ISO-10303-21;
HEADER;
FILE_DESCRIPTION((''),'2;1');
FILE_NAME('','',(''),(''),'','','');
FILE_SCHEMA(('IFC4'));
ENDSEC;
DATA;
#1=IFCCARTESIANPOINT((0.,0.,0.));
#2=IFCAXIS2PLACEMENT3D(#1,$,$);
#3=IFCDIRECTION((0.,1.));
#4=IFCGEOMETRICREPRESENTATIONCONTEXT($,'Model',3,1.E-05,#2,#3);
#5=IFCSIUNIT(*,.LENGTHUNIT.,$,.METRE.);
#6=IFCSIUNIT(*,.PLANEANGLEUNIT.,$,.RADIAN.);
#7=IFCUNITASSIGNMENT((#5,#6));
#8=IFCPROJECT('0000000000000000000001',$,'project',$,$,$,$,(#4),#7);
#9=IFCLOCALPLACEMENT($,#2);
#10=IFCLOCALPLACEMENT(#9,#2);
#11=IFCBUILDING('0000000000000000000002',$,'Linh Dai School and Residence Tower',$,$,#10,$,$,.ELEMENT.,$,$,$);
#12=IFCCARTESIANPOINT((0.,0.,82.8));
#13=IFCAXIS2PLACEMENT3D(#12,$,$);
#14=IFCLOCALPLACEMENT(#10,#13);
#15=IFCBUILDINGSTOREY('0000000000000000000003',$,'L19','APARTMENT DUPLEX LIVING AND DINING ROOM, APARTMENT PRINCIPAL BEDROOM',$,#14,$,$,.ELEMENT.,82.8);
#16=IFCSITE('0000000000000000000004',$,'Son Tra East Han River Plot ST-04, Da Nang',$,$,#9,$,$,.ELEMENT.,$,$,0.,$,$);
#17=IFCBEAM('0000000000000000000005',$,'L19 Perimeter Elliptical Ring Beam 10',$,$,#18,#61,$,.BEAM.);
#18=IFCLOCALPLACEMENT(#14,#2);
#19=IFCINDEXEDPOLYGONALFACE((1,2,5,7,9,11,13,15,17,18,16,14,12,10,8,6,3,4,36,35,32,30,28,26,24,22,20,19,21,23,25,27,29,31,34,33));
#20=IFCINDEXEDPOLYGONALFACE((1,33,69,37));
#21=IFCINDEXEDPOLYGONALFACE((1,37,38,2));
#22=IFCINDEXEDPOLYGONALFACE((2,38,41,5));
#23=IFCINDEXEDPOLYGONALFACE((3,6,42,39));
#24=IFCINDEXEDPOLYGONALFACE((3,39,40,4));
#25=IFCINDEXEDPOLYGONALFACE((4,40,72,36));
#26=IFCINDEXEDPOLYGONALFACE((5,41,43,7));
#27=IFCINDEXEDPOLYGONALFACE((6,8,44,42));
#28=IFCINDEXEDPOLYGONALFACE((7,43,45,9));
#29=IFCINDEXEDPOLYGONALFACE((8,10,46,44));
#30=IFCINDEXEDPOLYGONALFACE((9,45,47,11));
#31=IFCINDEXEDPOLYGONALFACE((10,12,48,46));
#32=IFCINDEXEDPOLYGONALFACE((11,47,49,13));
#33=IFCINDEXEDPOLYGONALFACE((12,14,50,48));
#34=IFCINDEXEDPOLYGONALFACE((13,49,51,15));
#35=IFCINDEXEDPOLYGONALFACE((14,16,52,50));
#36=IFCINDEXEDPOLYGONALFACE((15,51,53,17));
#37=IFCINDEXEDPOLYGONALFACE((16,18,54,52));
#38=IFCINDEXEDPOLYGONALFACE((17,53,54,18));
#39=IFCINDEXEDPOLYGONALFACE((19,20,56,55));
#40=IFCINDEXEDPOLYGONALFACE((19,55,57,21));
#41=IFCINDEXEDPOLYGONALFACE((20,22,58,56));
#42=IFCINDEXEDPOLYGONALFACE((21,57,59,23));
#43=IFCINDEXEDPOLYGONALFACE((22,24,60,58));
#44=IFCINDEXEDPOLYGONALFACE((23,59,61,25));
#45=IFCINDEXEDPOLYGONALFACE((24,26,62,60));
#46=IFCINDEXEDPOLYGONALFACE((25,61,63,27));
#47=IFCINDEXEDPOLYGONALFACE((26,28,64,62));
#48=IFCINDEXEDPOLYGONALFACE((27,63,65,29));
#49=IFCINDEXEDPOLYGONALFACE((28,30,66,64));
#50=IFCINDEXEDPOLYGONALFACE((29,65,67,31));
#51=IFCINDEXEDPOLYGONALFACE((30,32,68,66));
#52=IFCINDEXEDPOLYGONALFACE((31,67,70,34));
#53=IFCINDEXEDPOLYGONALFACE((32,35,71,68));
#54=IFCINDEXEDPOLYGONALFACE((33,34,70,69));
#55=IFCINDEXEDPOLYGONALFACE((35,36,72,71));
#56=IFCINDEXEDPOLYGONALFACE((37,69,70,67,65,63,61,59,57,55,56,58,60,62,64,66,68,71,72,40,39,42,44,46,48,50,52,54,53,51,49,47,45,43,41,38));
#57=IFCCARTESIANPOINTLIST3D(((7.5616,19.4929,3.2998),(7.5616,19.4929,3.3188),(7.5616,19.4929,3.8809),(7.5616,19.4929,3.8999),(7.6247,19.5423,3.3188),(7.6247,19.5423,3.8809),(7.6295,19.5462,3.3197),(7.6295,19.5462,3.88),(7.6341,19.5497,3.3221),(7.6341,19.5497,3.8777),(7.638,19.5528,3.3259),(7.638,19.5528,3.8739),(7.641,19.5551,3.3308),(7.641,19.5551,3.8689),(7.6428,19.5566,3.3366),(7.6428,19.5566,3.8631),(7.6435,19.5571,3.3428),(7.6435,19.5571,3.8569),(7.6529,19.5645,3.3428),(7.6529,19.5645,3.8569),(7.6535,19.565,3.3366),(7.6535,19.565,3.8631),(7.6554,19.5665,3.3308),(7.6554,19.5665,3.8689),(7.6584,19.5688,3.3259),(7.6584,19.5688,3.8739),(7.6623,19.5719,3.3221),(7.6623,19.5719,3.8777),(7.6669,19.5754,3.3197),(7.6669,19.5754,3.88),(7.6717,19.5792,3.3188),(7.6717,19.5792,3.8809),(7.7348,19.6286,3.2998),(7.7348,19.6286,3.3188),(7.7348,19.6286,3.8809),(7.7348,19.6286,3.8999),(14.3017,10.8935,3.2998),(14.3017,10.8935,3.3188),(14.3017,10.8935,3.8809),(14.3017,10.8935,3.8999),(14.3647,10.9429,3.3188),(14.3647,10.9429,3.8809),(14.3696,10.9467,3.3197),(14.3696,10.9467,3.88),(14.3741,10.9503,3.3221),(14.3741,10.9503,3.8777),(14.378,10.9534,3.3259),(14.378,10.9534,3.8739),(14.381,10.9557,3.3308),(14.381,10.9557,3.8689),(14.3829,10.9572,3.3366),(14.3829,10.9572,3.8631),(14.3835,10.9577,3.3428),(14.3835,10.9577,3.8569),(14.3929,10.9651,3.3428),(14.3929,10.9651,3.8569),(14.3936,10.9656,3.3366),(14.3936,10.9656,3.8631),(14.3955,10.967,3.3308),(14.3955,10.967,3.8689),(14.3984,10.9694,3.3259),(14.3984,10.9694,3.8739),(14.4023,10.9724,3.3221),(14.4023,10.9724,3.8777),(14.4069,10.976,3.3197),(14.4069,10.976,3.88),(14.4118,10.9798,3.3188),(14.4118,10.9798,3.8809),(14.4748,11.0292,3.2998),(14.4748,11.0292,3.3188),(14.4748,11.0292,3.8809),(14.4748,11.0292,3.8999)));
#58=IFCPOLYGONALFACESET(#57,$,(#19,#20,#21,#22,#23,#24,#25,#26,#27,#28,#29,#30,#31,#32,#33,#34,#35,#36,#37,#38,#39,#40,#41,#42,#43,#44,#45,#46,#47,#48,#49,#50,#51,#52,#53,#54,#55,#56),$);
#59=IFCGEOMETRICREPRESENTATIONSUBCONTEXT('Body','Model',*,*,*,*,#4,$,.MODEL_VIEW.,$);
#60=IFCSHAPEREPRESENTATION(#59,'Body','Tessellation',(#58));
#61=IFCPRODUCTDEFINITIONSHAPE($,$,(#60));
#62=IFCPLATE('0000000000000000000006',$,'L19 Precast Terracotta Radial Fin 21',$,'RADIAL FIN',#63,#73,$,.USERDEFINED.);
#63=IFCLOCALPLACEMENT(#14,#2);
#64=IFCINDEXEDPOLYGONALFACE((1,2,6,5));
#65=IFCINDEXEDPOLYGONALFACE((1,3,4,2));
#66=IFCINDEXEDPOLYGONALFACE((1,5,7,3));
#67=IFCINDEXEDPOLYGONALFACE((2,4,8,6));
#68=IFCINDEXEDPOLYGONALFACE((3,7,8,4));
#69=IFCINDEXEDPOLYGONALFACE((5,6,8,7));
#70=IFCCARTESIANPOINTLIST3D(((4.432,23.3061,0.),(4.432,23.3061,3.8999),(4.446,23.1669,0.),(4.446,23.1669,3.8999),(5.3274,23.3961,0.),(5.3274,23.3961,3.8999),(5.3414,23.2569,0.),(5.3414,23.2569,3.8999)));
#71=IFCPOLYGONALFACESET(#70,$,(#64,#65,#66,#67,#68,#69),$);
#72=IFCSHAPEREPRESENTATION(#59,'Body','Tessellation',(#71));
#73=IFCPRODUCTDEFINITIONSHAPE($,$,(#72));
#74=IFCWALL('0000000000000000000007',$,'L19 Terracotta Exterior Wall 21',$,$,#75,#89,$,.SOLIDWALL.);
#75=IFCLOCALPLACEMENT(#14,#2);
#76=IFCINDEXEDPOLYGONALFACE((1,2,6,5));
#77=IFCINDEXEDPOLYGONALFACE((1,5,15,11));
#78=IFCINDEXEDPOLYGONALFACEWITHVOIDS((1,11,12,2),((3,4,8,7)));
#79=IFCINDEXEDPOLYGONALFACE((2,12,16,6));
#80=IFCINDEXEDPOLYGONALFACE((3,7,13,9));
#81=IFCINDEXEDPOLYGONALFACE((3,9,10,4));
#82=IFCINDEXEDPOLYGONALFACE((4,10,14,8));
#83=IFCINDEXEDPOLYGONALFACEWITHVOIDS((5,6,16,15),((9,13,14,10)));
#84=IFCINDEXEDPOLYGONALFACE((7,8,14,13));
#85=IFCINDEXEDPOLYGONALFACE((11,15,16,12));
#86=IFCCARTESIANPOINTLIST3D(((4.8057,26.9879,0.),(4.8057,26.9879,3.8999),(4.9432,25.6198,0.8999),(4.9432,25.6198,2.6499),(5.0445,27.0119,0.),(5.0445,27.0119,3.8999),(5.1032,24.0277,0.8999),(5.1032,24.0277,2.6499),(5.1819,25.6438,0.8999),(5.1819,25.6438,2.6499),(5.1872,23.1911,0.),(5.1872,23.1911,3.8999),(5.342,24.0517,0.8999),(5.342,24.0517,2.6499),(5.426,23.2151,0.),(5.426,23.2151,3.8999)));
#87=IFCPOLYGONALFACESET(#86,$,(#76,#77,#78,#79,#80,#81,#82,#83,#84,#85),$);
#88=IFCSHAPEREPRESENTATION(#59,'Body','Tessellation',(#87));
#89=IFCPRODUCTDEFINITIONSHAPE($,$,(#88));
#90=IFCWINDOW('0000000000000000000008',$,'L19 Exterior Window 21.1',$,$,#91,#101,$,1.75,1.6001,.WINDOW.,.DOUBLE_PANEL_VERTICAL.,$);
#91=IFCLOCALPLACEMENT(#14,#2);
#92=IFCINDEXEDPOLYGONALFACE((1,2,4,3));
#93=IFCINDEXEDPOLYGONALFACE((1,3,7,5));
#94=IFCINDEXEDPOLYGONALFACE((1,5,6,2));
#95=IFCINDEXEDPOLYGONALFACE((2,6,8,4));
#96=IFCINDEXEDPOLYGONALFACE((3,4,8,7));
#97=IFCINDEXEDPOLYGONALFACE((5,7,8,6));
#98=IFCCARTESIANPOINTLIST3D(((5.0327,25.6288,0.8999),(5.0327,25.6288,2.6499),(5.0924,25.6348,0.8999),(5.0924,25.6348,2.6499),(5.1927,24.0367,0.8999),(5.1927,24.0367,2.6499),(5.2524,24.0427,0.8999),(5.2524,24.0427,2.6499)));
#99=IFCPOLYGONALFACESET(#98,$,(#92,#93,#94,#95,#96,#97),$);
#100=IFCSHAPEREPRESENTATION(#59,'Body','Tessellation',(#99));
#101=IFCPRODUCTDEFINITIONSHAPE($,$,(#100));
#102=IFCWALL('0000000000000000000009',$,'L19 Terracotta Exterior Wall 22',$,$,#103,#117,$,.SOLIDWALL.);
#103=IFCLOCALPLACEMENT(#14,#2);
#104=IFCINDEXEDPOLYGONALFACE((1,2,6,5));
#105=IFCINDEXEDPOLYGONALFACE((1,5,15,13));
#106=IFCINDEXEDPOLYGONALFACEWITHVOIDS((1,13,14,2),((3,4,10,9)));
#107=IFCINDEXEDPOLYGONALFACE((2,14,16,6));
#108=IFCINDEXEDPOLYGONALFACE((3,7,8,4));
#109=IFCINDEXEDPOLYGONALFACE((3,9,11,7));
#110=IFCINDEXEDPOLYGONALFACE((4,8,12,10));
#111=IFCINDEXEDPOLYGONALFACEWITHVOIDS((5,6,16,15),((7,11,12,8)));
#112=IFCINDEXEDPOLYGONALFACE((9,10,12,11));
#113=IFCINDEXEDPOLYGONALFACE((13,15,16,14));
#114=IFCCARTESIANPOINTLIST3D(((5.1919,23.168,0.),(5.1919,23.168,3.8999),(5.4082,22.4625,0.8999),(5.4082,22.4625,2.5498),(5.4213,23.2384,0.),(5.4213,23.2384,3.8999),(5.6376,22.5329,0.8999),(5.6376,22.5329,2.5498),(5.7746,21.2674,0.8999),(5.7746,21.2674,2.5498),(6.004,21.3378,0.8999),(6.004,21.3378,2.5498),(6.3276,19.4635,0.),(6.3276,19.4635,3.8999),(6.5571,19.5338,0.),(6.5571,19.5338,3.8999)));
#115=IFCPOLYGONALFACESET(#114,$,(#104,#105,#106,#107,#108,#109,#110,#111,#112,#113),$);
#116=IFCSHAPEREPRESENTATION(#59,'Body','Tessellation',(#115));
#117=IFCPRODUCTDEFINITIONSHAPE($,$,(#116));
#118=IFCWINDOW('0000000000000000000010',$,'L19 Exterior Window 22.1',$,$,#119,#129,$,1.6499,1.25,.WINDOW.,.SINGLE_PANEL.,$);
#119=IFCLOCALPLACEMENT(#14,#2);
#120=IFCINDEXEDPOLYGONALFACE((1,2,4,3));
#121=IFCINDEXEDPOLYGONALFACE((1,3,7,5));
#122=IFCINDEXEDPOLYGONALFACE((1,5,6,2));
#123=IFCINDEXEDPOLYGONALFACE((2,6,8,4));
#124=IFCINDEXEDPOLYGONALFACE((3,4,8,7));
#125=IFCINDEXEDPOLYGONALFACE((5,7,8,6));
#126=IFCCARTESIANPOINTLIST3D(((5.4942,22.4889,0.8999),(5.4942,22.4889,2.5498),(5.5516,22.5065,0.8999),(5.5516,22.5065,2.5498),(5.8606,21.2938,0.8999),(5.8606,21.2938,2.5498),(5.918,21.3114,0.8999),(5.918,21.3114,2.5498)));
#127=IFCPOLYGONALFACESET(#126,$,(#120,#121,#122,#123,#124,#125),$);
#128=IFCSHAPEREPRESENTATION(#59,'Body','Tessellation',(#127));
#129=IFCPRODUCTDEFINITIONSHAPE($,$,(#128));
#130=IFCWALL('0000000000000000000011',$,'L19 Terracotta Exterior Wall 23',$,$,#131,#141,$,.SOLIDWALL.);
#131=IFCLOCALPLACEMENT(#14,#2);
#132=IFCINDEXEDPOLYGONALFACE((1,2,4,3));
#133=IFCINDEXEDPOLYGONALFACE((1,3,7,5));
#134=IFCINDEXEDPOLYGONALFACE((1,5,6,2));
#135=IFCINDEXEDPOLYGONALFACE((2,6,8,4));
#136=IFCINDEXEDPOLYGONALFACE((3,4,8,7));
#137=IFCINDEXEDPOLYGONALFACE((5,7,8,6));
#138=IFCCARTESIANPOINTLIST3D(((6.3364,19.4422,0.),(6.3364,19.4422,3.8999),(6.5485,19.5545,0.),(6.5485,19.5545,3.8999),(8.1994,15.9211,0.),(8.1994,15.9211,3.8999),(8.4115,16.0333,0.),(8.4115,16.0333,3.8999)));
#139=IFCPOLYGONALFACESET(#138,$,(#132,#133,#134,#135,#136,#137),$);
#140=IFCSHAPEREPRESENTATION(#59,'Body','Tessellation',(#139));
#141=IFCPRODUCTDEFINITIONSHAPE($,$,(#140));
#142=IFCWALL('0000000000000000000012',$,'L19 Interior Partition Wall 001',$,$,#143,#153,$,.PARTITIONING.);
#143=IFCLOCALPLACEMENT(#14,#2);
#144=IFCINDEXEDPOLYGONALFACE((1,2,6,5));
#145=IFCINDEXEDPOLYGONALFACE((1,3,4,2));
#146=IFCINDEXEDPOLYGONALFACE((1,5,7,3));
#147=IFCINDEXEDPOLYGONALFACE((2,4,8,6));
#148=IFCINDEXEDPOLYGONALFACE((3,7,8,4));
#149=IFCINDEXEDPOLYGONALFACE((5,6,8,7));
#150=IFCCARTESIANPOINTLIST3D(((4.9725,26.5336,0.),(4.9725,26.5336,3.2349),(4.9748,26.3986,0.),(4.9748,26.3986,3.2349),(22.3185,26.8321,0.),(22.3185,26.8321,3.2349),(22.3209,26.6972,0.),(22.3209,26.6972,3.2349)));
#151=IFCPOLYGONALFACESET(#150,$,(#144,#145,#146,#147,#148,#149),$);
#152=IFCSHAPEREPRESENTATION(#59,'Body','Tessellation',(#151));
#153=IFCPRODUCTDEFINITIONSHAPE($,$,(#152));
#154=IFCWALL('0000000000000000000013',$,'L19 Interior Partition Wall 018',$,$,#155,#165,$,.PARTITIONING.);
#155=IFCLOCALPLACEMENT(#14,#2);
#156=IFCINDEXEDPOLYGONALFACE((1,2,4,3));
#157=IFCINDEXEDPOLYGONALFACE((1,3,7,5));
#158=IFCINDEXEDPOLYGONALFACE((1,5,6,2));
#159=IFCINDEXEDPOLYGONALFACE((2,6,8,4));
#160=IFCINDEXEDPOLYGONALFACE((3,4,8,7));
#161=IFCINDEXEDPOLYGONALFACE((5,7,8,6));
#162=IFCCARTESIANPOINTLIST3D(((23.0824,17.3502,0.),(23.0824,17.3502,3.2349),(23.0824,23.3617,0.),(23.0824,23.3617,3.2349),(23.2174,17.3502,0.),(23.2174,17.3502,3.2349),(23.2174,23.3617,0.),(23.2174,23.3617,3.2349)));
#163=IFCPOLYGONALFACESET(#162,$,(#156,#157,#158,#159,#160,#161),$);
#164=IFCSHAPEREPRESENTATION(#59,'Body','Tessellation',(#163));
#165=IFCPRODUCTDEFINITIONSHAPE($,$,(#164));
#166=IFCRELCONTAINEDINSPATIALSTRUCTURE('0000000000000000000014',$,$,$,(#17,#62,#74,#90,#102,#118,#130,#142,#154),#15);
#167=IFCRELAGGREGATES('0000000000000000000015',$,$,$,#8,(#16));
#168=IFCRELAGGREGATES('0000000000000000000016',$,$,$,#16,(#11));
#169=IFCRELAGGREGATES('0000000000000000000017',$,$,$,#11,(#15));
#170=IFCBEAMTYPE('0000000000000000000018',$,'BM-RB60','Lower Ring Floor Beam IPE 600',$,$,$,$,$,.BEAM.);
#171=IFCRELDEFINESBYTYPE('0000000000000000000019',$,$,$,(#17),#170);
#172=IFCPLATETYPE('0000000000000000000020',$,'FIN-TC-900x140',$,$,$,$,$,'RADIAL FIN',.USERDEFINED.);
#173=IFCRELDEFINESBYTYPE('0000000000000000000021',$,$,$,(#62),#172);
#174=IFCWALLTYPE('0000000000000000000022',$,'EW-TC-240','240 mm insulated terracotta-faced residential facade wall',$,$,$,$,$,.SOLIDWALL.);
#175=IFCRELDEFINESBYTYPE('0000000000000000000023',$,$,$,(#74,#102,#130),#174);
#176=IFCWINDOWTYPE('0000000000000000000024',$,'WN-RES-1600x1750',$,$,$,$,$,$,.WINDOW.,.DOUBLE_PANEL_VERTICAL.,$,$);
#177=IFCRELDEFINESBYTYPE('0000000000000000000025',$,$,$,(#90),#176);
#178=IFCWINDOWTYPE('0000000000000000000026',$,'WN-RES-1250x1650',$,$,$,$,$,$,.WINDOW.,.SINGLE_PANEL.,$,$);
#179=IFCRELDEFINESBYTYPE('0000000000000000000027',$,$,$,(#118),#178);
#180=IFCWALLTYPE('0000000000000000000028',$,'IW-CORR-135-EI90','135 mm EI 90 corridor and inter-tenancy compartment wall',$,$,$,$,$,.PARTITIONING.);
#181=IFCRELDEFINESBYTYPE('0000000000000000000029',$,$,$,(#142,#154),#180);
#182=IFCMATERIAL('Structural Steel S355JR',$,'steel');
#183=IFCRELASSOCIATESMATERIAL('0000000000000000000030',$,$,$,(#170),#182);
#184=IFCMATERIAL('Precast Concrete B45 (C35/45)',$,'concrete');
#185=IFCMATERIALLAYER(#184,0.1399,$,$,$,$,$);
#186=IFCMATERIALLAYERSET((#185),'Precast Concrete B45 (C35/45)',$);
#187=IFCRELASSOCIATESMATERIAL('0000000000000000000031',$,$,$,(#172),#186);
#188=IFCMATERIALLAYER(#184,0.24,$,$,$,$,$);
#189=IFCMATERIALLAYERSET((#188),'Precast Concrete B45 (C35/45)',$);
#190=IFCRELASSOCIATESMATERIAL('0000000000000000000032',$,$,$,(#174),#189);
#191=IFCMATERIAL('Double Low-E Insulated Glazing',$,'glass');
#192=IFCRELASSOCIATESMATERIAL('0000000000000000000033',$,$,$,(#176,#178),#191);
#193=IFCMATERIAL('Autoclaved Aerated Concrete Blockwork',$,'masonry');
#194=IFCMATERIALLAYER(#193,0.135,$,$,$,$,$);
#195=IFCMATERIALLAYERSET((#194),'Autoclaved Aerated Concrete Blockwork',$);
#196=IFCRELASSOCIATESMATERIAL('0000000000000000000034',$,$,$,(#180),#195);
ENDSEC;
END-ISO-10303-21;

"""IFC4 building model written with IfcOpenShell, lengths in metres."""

from ifc_helpers import new_model, si_unit, direction, frame, frame_2d, origin, origin_2d, place, context, subcontext, project, spatial, rectangle, i_section, extrude, source, transform, mapped, material, layer, layer_set, material_profile, profile_set, type_object, element, fill, save


model = new_model("IFC4")

# Units and contexts
model_context = context("Model", 3, precision=1e-05, world=origin(), true_north=direction((0.0, 1.0)))
body_context = subcontext(model_context, "Body", "Model", "MODEL_VIEW")
ifc_project = project(units=[si_unit("LENGTHUNIT", "METRE"), si_unit("PLANEANGLEUNIT", "RADIAN")], contexts=[model_context])

# Site, building, storey
site_placement = place(None, origin())
site = spatial("IfcSite", under=ifc_project, at=site_placement, Name="Son Tra East Han River Plot ST-04, Da Nang", CompositionType="ELEMENT", RefElevation=0.0)
building_placement = place(site_placement, origin())
building = spatial("IfcBuilding", under=site, at=building_placement, Name="Linh Dai School and Residence Tower", CompositionType="ELEMENT")
storey_placement = place(building_placement, frame((0.0, 0.0, 82.8)))
storey = spatial("IfcBuildingStorey", under=building, at=storey_placement, Name="L19", Description="APARTMENT DUPLEX LIVING AND DINING ROOM, APARTMENT PRINCIPAL BEDROOM", CompositionType="ELEMENT", Elevation=82.8)

# Shared definitions
ifc_material_1 = material(Name="Structural Steel S355JR", Category="steel")

# Beam
ifc_material_profile_1 = material_profile(ifc_material_1, i_section(OverallWidth=0.22, OverallDepth=0.6001, WebThickness=0.012, FlangeThickness=0.019, FilletRadius=0.0239, at=origin_2d()), Name="IPE 600")
ifc_profile_set_1 = profile_set([ifc_material_profile_1], Name="Structural Steel S355JR")
beam_type = type_object("IfcBeamType", Name="BM-RB60", Description="Lower Ring Floor Beam IPE 600", PredefinedType="BEAM", material=ifc_profile_set_1)
beam_1_placement = place(storey_placement, frame((7.6482, 19.5608, 3.5999), z_axis=(0.616879, -0.787058, 0.0), x_axis=(0.787058, 0.616879, 0.0)))
element("IfcBeam", 1, at=beam_1_placement, inside=storey, type_object=beam_type, Name="L19 Perimeter Elliptical Ring Beam 10", PredefinedType="BEAM", context=body_context, shape_type="SweptSolid", body=[
    extrude(i_section(OverallWidth=0.22, OverallDepth=0.6001, WebThickness=0.012, FlangeThickness=0.019, FilletRadius=0.0239, at=origin_2d()), origin(), (0.0, 0.0, 1.0), 10.926),
])

# Plate
ifc_material_2 = material(Name="Precast Concrete B45 (C35/45)", Category="concrete")
ifc_layer_1 = layer(ifc_material_2, 0.1399)
ifc_layer_set_1 = layer_set([ifc_layer_1], Name="Precast Concrete B45 (C35/45)")
plate_type = type_object("IfcPlateType", Name="FIN-TC-900x140", ElementType="RADIAL FIN", PredefinedType="USERDEFINED", material=ifc_layer_set_1)
shared_shape_1 = source(origin(), body_context, "Body", "SweptSolid", [
    extrude(rectangle(XDim=0.8999, YDim=0.1399, at=origin_2d()), origin(), (0.0, 0.0, 1.0), 3.8999),
])
plate_placement = place(storey_placement, frame((4.8867, 23.2815, 0.0), z_axis=(0.0, 0.0, 1.0), x_axis=(-0.994986, -0.100009, 0.0)))
element("IfcPlate", 2, at=plate_placement, inside=storey, type_object=plate_type, Name="L19 Precast Terracotta Radial Fin 21", ObjectType="RADIAL FIN", PredefinedType="USERDEFINED", context=body_context, shape_type="MappedRepresentation", body=[
    mapped(shared_shape_1, transform((0.0, 0.0, 0.0), x_axis=(1.0, 0.0, 0.0), y_axis=(0.0, 1.0, 0.0), z_axis=(0.0, 0.0, 1.0), scale=1.0)),
])

# Walls, openings, windows
ifc_layer_2 = layer(ifc_material_2, 0.24)
ifc_layer_set_2 = layer_set([ifc_layer_2], Name="Precast Concrete B45 (C35/45)")
wall_type_1 = type_object("IfcWallType", Name="EW-TC-240", Description="240 mm insulated terracotta-faced residential facade wall", PredefinedType="SOLIDWALL", material=ifc_layer_set_2)
wall_1_placement = place(storey_placement, frame((5.3066, 23.2031, 0.0), z_axis=(0.0, 0.0, 1.0), x_axis=(-0.099998, 0.994988, 0.0)))
wall_1 = element("IfcWall", 3, at=wall_1_placement, inside=storey, type_object=wall_type_1, Name="L19 Terracotta Exterior Wall 21", PredefinedType="SOLIDWALL", context=body_context, shape_type="SweptSolid", body=[
    extrude(rectangle(XDim=3.8159, YDim=0.24, at=frame_2d((1.908, 0.0))), origin(), (0.0, 0.0, 1.0), 3.8999),
])
opening_1_placement = place(wall_1_placement, frame((0.8408, 0.0, 0.8999)))
opening_1 = element("IfcOpeningElement", 4, at=opening_1_placement, cuts=wall_1, PredefinedType="OPENING", context=body_context, shape_type="SweptSolid", body=[
    extrude(rectangle(XDim=1.6001, YDim=1.75, at=origin_2d()), frame((0.8, 0.1299, 0.875), z_axis=(0.0, -1.0, 0.0), x_axis=(1.0, 0.0, 0.0)), (0.0, 0.0, 1.0), 0.26),
])
ifc_material_3 = material(Name="Double Low-E Insulated Glazing", Category="glass")
window_type_1 = type_object("IfcWindowType", Name="WN-RES-1600x1750", PartitioningType="DOUBLE_PANEL_VERTICAL", PredefinedType="WINDOW", material=ifc_material_3)
shared_shape_2 = source(origin(), body_context, "Body", "SweptSolid", [
    extrude(rectangle(XDim=1.6001, YDim=1.75, at=origin_2d()), frame((0.8, 0.03, 0.875), z_axis=(0.0, -1.0, 0.0), x_axis=(1.0, 0.0, 0.0)), (0.0, 0.0, 1.0), 0.0601),
])
window_1_placement = place(opening_1_placement, origin())
window_1 = element("IfcWindow", 5, at=window_1_placement, inside=storey, type_object=window_type_1, Name="L19 Exterior Window 21.1", OverallHeight=1.75, OverallWidth=1.6001, PartitioningType="DOUBLE_PANEL_VERTICAL", PredefinedType="WINDOW", context=body_context, shape_type="MappedRepresentation", body=[
    mapped(shared_shape_2, transform((0.0, 0.0, 0.0), x_axis=(1.0, 0.0, 0.0), y_axis=(0.0, 1.0, 0.0), z_axis=(0.0, 0.0, 1.0), scale=1.0)),
])
fill(opening_1, window_1)
wall_2_placement = place(storey_placement, frame((6.4424, 19.4985, 0.0), z_axis=(0.0, 0.0, 1.0), x_axis=(-0.293112, 0.956078, 0.0)))
wall_2 = element("IfcWall", 6, at=wall_2_placement, inside=storey, type_object=wall_type_1, Name="L19 Terracotta Exterior Wall 22", PredefinedType="SOLIDWALL", context=body_context, shape_type="SweptSolid", body=[
    extrude(rectangle(XDim=3.8748, YDim=0.24, at=frame_2d((1.9375, 0.0))), origin(), (0.0, 0.0, 1.0), 3.8999),
])
opening_2_placement = place(wall_2_placement, frame((1.887, 0.0, 0.8999)))
opening_2 = element("IfcOpeningElement", 7, at=opening_2_placement, cuts=wall_2, PredefinedType="OPENING", context=body_context, shape_type="SweptSolid", body=[
    extrude(rectangle(XDim=1.25, YDim=1.6499, at=origin_2d()), frame((0.625, 0.1299, 0.825), z_axis=(0.0, -1.0, 0.0), x_axis=(1.0, 0.0, 0.0)), (0.0, 0.0, 1.0), 0.26),
])
window_type_2 = type_object("IfcWindowType", Name="WN-RES-1250x1650", PartitioningType="SINGLE_PANEL", PredefinedType="WINDOW", material=ifc_material_3)
shared_shape_3 = source(origin(), body_context, "Body", "SweptSolid", [
    extrude(rectangle(XDim=1.25, YDim=1.6499, at=origin_2d()), frame((0.625, 0.03, 0.825), z_axis=(0.0, -1.0, 0.0), x_axis=(1.0, 0.0, 0.0)), (0.0, 0.0, 1.0), 0.0601),
])
window_2_placement = place(opening_2_placement, origin())
window_2 = element("IfcWindow", 8, at=window_2_placement, inside=storey, type_object=window_type_2, Name="L19 Exterior Window 22.1", OverallHeight=1.6499, OverallWidth=1.25, PartitioningType="SINGLE_PANEL", PredefinedType="WINDOW", context=body_context, shape_type="MappedRepresentation", body=[
    mapped(shared_shape_3, transform((0.0, 0.0, 0.0), x_axis=(1.0, 0.0, 0.0), y_axis=(0.0, 1.0, 0.0), z_axis=(0.0, 0.0, 1.0), scale=1.0)),
])
fill(opening_2, window_2)

# Walls
wall_3_placement = place(storey_placement, frame((8.3054, 15.9773, 0.0), z_axis=(0.0, 0.0, 1.0), x_axis=(-0.467662, 0.883907, 0.0)))
element("IfcWall", 9, at=wall_3_placement, inside=storey, type_object=wall_type_1, Name="L19 Terracotta Exterior Wall 23", PredefinedType="SOLIDWALL", context=body_context, shape_type="SweptSolid", body=[
    extrude(rectangle(XDim=3.9836, YDim=0.24, at=frame_2d((1.9917, 0.0))), origin(), (0.0, 0.0, 1.0), 3.8999),
])
ifc_material_4 = material(Name="Autoclaved Aerated Concrete Blockwork", Category="masonry")
ifc_layer_3 = layer(ifc_material_4, 0.135)
ifc_layer_set_3 = layer_set([ifc_layer_3], Name="Autoclaved Aerated Concrete Blockwork")
wall_type_2 = type_object("IfcWallType", Name="IW-CORR-135-EI90", Description="135 mm EI 90 corridor and inter-tenancy compartment wall", PredefinedType="PARTITIONING", material=ifc_layer_set_3)
wall_4_placement = place(storey_placement, frame((4.9736, 26.4661, 0.0), z_axis=(0.0, 0.0, 1.0), x_axis=(0.999852, 0.017211, 0.0)))
element("IfcWall", 10, at=wall_4_placement, inside=storey, type_object=wall_type_2, Name="L19 Interior Partition Wall 001", PredefinedType="PARTITIONING", context=body_context, shape_type="SweptSolid", body=[
    extrude(rectangle(XDim=17.3486, YDim=0.135, at=frame_2d((8.6743, 0.0))), origin(), (0.0, 0.0, 1.0), 3.2349),
])
wall_5_placement = place(storey_placement, frame((23.1499, 17.3501, 0.0), z_axis=(0.0, 0.0, 1.0), x_axis=(0.0, 1.0, 0.0)))
element("IfcWall", 11, at=wall_5_placement, inside=storey, type_object=wall_type_2, Name="L19 Interior Partition Wall 018", PredefinedType="PARTITIONING", context=body_context, shape_type="SweptSolid", body=[
    extrude(rectangle(XDim=6.0115, YDim=0.135, at=frame_2d((3.0059, 0.0))), origin(), (0.0, 0.0, 1.0), 3.2349),
])

save(model, "model.ifc")
